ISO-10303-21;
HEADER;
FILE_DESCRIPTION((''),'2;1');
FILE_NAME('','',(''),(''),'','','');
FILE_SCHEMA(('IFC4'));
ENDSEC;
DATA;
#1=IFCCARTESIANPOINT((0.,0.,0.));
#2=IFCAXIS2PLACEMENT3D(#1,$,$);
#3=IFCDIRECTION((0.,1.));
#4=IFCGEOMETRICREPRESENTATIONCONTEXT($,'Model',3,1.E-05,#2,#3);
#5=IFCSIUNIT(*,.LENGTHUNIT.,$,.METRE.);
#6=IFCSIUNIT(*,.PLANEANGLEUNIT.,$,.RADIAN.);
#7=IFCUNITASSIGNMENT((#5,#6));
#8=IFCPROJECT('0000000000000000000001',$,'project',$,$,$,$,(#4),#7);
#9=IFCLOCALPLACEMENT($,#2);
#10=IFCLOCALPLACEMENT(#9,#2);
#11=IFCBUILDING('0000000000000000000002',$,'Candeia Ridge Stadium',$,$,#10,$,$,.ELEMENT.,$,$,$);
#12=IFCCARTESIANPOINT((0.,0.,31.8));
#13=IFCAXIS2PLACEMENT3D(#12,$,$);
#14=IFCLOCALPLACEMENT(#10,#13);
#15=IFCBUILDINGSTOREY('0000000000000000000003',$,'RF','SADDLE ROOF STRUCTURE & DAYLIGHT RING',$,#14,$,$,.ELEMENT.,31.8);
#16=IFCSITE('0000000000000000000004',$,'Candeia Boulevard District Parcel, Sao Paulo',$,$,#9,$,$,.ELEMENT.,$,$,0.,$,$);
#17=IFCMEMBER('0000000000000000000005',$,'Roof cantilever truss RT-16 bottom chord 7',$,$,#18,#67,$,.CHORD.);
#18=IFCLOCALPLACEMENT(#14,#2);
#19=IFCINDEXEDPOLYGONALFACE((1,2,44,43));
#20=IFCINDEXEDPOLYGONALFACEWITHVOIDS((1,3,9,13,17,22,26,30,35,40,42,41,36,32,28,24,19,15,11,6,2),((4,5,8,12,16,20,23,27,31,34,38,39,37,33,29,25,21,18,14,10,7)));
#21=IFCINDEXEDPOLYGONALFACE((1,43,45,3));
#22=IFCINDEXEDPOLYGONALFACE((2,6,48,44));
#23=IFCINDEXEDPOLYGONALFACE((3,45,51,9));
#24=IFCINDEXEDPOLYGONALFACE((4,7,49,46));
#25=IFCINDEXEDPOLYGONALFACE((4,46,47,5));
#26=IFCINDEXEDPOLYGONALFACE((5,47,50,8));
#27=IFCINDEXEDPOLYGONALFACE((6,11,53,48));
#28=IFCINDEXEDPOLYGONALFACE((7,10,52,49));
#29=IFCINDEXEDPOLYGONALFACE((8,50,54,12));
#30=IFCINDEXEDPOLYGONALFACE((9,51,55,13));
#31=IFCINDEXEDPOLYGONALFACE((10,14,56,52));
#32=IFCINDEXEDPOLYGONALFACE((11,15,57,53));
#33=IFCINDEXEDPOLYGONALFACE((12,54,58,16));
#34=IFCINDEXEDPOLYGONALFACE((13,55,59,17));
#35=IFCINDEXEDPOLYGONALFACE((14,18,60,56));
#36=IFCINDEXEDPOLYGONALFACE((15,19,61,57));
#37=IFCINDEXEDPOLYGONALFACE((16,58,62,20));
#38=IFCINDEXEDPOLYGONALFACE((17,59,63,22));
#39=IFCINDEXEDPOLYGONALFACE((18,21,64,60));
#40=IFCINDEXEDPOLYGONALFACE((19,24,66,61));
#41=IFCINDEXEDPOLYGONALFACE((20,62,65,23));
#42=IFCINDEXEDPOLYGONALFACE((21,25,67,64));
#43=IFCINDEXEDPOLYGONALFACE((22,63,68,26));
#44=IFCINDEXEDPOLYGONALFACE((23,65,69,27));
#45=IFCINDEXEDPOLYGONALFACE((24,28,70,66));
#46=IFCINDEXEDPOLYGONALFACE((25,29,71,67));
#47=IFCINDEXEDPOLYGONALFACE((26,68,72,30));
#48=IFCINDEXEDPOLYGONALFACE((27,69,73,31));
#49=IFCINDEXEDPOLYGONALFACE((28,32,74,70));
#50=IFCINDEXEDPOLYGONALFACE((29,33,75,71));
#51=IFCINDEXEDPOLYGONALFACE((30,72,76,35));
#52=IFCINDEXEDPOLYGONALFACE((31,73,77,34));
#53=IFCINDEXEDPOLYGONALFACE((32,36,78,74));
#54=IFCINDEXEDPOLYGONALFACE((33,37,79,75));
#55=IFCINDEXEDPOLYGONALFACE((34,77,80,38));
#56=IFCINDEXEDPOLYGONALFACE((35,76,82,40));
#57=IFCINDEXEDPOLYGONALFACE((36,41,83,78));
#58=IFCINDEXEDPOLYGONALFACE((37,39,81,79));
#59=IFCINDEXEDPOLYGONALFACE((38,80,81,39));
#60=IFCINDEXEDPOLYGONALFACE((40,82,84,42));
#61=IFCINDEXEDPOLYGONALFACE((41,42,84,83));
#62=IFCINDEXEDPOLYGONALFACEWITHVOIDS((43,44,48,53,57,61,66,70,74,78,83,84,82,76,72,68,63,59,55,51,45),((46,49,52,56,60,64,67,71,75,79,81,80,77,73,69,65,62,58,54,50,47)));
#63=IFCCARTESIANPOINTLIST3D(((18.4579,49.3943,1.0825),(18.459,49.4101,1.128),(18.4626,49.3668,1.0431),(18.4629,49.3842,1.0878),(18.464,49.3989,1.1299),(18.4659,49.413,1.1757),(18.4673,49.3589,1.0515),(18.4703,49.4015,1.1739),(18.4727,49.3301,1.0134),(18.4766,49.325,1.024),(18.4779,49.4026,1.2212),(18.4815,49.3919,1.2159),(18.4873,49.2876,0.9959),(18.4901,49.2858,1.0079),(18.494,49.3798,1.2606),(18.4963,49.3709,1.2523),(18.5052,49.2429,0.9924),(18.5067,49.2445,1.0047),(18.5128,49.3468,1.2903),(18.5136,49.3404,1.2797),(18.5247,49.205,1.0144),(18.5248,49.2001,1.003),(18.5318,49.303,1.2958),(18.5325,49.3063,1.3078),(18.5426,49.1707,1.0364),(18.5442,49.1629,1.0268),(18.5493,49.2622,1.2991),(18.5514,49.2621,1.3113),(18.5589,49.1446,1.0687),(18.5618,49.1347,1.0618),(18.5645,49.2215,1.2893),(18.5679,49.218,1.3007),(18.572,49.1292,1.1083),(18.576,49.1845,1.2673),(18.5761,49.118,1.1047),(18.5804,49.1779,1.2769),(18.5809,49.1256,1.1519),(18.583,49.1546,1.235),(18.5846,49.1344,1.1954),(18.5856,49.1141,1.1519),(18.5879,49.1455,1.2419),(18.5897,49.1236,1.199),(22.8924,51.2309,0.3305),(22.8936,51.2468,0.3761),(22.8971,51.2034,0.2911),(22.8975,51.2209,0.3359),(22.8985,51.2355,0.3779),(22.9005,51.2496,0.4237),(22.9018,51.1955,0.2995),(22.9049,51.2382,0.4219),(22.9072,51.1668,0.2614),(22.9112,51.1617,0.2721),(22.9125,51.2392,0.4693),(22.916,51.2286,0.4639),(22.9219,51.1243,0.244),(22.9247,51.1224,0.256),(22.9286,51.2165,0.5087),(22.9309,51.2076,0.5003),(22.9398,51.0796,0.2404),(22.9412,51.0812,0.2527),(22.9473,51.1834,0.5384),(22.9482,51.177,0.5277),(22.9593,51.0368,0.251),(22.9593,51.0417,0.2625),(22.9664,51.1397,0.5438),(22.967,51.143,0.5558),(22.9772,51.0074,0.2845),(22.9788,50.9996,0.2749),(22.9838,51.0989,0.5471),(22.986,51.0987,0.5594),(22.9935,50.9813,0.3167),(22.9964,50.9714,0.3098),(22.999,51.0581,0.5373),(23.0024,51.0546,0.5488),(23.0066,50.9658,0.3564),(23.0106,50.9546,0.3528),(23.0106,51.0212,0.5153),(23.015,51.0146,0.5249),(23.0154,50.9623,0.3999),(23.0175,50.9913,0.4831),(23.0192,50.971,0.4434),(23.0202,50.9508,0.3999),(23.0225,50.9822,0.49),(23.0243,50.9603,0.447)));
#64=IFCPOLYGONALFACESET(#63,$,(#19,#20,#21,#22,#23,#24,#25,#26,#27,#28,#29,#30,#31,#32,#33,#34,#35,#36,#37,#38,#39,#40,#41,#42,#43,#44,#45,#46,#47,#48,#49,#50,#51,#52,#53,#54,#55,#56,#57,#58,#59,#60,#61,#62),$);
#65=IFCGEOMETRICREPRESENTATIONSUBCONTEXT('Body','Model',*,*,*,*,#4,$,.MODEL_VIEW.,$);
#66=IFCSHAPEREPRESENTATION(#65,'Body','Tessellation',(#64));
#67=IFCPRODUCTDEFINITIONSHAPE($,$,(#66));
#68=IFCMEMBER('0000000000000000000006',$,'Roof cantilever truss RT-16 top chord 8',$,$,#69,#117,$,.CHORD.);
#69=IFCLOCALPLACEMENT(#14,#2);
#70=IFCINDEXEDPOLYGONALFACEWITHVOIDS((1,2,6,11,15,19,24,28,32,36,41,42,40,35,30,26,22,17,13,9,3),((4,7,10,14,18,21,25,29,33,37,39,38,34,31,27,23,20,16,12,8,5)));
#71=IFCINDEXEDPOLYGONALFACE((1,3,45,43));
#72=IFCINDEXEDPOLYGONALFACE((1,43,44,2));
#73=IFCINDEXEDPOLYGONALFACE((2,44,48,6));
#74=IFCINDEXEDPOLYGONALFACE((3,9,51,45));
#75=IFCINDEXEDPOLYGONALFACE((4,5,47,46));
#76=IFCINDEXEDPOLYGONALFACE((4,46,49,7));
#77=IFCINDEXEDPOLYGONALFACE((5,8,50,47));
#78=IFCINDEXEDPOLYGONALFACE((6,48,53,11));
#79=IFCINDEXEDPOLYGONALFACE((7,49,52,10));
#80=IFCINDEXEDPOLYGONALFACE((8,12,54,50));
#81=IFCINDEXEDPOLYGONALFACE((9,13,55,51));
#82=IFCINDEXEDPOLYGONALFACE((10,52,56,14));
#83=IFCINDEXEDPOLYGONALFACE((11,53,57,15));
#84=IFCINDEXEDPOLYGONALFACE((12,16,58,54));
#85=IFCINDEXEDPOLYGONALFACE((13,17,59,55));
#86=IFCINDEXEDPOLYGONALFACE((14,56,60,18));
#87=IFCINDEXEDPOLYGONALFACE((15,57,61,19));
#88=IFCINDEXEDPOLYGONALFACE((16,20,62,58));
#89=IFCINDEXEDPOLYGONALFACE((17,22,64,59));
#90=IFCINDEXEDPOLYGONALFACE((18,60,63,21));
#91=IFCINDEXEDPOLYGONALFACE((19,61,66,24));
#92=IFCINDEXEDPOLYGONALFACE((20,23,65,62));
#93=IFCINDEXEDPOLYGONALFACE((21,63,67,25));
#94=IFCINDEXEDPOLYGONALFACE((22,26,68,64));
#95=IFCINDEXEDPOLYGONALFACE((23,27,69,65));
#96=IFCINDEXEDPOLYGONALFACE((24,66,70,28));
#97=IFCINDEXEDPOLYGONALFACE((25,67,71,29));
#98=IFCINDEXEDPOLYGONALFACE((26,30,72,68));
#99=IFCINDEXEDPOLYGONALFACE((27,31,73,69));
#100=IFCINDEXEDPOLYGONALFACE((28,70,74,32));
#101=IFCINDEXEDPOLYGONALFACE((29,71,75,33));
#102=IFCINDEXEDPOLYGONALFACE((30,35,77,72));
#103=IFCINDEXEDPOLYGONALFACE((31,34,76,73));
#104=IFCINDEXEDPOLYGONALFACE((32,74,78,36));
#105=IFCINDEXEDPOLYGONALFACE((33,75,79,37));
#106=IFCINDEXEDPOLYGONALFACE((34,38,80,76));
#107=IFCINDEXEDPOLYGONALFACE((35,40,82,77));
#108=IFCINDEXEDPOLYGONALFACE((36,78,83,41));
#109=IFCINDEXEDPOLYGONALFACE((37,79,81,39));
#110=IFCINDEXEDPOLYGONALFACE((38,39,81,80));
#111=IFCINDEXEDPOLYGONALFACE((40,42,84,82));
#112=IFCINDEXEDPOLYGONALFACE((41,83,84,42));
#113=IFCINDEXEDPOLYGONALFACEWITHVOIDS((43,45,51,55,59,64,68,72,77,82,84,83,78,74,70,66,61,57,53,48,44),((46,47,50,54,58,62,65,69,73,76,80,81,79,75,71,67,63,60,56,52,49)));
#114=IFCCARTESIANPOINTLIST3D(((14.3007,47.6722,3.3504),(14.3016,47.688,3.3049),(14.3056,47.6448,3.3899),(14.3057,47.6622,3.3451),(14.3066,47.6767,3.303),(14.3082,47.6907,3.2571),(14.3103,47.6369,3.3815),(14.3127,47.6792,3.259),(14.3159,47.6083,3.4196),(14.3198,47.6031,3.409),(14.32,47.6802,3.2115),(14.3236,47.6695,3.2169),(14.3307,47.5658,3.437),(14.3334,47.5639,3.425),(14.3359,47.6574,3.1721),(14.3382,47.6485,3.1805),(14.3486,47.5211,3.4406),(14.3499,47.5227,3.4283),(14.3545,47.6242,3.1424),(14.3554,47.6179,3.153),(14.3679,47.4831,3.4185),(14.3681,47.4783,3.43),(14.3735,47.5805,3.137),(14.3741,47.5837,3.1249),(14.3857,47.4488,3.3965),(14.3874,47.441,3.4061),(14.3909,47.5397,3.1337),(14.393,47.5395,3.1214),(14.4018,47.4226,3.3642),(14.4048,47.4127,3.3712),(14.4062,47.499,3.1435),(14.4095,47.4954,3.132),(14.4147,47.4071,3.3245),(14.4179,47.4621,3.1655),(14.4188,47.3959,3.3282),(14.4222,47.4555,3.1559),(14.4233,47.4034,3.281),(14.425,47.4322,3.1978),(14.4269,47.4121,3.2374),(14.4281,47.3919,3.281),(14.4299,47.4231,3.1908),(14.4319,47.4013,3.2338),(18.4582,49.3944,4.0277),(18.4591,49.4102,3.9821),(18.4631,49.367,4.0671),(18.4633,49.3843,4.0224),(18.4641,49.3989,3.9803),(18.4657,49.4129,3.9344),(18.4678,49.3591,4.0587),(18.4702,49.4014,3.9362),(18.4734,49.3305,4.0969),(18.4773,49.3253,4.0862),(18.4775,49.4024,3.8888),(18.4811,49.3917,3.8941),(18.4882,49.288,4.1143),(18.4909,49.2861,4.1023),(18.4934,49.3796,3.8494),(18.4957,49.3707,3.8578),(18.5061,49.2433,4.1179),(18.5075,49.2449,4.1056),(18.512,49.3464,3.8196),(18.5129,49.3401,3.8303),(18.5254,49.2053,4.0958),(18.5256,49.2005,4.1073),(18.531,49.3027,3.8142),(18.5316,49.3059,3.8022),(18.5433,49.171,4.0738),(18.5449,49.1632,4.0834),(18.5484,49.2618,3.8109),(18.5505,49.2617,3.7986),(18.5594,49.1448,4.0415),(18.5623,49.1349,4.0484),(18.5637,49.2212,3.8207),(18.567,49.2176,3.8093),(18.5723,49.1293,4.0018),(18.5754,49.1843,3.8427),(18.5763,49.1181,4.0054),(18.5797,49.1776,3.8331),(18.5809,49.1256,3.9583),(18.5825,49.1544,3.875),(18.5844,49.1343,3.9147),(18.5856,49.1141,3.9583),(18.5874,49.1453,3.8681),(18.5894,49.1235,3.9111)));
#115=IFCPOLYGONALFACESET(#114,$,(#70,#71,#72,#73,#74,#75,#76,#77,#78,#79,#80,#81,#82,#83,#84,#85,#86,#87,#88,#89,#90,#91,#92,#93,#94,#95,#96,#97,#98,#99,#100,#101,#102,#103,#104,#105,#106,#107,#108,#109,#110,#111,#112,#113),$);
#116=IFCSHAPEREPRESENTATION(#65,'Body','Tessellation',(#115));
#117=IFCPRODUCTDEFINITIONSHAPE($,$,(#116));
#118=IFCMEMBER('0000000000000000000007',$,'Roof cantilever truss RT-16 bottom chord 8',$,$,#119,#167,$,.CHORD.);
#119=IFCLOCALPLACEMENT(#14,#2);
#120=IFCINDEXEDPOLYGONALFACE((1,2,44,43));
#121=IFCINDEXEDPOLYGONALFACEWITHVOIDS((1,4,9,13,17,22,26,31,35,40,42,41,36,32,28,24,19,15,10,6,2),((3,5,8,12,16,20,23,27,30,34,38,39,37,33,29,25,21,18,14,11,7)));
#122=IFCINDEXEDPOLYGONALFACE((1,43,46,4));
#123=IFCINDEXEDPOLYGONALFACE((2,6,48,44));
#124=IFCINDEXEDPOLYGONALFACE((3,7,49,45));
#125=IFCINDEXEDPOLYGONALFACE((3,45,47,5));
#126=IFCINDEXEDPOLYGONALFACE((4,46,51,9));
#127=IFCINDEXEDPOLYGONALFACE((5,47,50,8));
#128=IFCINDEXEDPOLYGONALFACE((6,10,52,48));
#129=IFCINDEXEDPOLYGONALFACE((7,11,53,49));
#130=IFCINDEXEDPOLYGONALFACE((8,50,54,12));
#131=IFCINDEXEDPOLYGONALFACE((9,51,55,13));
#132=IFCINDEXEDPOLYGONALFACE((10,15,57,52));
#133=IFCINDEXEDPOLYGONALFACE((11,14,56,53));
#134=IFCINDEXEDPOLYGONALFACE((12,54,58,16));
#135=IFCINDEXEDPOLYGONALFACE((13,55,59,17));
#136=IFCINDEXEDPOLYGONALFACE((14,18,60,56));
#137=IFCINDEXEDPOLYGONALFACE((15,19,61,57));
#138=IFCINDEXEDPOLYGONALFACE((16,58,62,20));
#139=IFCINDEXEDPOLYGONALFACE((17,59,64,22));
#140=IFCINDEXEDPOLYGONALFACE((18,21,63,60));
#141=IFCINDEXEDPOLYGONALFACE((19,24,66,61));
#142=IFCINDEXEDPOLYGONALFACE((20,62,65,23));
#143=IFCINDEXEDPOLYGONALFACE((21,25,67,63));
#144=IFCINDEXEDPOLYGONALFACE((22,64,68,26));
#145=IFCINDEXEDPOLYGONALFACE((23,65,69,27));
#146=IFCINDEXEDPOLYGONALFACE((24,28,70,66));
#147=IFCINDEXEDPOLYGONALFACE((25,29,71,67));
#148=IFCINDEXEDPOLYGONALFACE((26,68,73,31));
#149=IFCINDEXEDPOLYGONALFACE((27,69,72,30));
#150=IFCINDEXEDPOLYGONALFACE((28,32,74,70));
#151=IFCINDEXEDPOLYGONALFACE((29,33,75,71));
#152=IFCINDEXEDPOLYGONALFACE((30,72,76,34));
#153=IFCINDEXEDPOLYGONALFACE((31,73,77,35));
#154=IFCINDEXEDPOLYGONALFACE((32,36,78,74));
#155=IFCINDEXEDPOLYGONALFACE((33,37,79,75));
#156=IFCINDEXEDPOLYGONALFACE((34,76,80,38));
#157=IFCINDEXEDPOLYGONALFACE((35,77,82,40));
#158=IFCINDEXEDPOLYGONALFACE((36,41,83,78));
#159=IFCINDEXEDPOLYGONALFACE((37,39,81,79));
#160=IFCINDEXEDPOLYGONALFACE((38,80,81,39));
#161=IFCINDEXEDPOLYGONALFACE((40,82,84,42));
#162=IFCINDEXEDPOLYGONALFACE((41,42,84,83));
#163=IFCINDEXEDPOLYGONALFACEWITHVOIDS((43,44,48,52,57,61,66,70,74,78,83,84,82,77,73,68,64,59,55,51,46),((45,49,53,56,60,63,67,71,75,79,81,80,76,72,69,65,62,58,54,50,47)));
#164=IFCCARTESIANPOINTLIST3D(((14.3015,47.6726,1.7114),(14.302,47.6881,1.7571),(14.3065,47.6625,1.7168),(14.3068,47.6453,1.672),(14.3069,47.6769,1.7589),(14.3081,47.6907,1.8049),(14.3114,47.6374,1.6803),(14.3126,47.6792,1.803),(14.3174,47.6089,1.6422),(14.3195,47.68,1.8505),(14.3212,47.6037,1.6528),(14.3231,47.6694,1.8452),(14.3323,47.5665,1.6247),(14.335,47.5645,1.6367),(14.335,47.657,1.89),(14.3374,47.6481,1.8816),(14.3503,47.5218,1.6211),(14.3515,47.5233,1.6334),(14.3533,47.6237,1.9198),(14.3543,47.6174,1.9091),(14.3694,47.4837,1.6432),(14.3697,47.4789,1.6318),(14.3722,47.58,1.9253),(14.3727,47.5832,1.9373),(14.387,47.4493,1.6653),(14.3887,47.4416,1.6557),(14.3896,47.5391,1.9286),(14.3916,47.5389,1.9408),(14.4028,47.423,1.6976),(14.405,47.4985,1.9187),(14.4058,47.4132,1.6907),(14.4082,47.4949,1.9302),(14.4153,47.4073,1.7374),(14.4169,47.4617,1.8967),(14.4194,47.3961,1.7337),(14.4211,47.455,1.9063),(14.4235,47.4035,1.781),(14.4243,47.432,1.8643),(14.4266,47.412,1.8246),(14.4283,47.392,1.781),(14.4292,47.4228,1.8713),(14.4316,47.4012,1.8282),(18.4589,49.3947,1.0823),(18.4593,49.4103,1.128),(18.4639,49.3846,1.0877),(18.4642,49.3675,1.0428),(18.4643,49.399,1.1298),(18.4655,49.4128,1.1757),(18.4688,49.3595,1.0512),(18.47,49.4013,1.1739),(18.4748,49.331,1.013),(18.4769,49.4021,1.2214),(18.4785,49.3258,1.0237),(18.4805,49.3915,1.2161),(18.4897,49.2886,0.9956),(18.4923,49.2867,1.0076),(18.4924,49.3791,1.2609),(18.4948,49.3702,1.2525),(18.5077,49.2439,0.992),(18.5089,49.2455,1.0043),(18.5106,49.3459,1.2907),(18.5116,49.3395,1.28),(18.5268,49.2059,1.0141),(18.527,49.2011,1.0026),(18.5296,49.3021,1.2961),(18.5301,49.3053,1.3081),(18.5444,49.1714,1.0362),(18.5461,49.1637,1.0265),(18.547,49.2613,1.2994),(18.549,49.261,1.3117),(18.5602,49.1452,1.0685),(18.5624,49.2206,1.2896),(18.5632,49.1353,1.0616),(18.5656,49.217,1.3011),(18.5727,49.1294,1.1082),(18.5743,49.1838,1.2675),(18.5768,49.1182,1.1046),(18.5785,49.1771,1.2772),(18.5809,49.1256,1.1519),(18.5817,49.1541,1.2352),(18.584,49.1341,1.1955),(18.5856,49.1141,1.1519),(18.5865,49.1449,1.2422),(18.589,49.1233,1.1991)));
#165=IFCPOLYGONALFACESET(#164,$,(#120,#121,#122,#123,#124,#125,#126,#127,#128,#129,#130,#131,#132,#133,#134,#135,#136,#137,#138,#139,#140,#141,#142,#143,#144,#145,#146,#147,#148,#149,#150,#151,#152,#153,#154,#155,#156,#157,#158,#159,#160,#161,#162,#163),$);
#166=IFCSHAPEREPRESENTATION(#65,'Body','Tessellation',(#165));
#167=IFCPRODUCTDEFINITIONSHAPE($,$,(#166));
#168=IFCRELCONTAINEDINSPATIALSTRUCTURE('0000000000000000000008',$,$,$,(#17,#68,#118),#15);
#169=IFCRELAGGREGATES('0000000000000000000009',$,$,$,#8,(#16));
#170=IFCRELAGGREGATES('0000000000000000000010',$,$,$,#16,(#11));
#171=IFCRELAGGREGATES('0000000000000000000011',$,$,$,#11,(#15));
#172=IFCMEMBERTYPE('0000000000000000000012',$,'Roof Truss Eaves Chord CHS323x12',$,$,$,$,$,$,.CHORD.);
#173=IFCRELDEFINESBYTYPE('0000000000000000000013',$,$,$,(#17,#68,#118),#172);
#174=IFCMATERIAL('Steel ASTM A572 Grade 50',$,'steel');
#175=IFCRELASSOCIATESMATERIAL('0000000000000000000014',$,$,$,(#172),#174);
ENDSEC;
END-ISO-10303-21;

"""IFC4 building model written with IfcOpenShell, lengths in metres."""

from ifc_helpers import new_model, si_unit, direction, frame, origin, origin_2d, place, context, subcontext, project, spatial, hollow_circle, extrude, material, material_profile, profile_set, type_object, element, save


model = new_model("IFC4")

# Units and contexts
model_context = context("Model", 3, precision=1e-05, world=origin(), true_north=direction((0.0, 1.0)))
body_context = subcontext(model_context, "Body", "Model", "MODEL_VIEW")
ifc_project = project(units=[si_unit("LENGTHUNIT", "METRE"), si_unit("PLANEANGLEUNIT", "RADIAN")], contexts=[model_context])

# Site, building, storey
site_placement = place(None, origin())
site = spatial("IfcSite", under=ifc_project, at=site_placement, Name="Candeia Boulevard District Parcel, Sao Paulo", CompositionType="ELEMENT", RefElevation=0.0)
building_placement = place(site_placement, origin())
building = spatial("IfcBuilding", under=site, at=building_placement, Name="Candeia Ridge Stadium", CompositionType="ELEMENT")
storey_placement = place(building_placement, frame((0.0, 0.0, 31.8)))
storey = spatial("IfcBuildingStorey", under=building, at=storey_placement, Name="RF", Description="SADDLE ROOF STRUCTURE & DAYLIGHT RING", CompositionType="ELEMENT", Elevation=31.8)

# Shared definitions
ifc_material_1 = material(Name="Steel ASTM A572 Grade 50", Category="steel")

# Members
ifc_material_profile_1 = material_profile(ifc_material_1, hollow_circle(Radius=0.1619, WallThickness=0.0125, at=origin_2d()), Name="CHS323x12", Category="steel")
ifc_profile_set_1 = profile_set([ifc_material_profile_1], Name="Steel ASTM A572 Grade 50")
member_type_1 = type_object("IfcMemberType", Name="Roof Truss Eaves Chord CHS323x12", PredefinedType="CHORD", material=ifc_profile_set_1)
member_1_placement = place(storey_placement, frame((22.9583, 51.1003, 0.3999), z_axis=(-0.912761, -0.378039, 0.154773), x_axis=(0.38265, -0.923893, 0.0)))
element("IfcMember", 1, at=member_1_placement, inside=storey, type_object=member_type_1, Name="Roof cantilever truss RT-16 bottom chord 7", PredefinedType="CHORD", context=body_context, shape_type="SweptSolid", body=[
    extrude(hollow_circle(Radius=0.1619, WallThickness=0.0125, at=origin_2d()), origin(), (0.0, 0.0, 1.0), 4.8584),
])
member_2_placement = place(storey_placement, frame((18.5237, 49.2637, 3.9583), z_axis=(-0.913584, -0.378438, -0.148822), x_axis=(0.3827, -0.923873, 0.0)))
element("IfcMember", 2, at=member_2_placement, inside=storey, type_object=member_type_1, Name="Roof cantilever truss RT-16 top chord 8", PredefinedType="CHORD", context=body_context, shape_type="SweptSolid", body=[
    extrude(hollow_circle(Radius=0.1619, WallThickness=0.0125, at=origin_2d()), origin(), (0.0, 0.0, 1.0), 4.5508),
])
member_3_placement = place(storey_placement, frame((18.5237, 49.2637, 1.1519), z_axis=(-0.914974, -0.379014, 0.138463), x_axis=(0.3827, -0.923873, 0.0)))
element("IfcMember", 3, at=member_3_placement, inside=storey, type_object=member_type_1, Name="Roof cantilever truss RT-16 bottom chord 8", PredefinedType="CHORD", context=body_context, shape_type="SweptSolid", body=[
    extrude(hollow_circle(Radius=0.1619, WallThickness=0.0125, at=origin_2d()), origin(), (0.0, 0.0, 1.0), 4.5437),
])

save(model, "model.ifc")
